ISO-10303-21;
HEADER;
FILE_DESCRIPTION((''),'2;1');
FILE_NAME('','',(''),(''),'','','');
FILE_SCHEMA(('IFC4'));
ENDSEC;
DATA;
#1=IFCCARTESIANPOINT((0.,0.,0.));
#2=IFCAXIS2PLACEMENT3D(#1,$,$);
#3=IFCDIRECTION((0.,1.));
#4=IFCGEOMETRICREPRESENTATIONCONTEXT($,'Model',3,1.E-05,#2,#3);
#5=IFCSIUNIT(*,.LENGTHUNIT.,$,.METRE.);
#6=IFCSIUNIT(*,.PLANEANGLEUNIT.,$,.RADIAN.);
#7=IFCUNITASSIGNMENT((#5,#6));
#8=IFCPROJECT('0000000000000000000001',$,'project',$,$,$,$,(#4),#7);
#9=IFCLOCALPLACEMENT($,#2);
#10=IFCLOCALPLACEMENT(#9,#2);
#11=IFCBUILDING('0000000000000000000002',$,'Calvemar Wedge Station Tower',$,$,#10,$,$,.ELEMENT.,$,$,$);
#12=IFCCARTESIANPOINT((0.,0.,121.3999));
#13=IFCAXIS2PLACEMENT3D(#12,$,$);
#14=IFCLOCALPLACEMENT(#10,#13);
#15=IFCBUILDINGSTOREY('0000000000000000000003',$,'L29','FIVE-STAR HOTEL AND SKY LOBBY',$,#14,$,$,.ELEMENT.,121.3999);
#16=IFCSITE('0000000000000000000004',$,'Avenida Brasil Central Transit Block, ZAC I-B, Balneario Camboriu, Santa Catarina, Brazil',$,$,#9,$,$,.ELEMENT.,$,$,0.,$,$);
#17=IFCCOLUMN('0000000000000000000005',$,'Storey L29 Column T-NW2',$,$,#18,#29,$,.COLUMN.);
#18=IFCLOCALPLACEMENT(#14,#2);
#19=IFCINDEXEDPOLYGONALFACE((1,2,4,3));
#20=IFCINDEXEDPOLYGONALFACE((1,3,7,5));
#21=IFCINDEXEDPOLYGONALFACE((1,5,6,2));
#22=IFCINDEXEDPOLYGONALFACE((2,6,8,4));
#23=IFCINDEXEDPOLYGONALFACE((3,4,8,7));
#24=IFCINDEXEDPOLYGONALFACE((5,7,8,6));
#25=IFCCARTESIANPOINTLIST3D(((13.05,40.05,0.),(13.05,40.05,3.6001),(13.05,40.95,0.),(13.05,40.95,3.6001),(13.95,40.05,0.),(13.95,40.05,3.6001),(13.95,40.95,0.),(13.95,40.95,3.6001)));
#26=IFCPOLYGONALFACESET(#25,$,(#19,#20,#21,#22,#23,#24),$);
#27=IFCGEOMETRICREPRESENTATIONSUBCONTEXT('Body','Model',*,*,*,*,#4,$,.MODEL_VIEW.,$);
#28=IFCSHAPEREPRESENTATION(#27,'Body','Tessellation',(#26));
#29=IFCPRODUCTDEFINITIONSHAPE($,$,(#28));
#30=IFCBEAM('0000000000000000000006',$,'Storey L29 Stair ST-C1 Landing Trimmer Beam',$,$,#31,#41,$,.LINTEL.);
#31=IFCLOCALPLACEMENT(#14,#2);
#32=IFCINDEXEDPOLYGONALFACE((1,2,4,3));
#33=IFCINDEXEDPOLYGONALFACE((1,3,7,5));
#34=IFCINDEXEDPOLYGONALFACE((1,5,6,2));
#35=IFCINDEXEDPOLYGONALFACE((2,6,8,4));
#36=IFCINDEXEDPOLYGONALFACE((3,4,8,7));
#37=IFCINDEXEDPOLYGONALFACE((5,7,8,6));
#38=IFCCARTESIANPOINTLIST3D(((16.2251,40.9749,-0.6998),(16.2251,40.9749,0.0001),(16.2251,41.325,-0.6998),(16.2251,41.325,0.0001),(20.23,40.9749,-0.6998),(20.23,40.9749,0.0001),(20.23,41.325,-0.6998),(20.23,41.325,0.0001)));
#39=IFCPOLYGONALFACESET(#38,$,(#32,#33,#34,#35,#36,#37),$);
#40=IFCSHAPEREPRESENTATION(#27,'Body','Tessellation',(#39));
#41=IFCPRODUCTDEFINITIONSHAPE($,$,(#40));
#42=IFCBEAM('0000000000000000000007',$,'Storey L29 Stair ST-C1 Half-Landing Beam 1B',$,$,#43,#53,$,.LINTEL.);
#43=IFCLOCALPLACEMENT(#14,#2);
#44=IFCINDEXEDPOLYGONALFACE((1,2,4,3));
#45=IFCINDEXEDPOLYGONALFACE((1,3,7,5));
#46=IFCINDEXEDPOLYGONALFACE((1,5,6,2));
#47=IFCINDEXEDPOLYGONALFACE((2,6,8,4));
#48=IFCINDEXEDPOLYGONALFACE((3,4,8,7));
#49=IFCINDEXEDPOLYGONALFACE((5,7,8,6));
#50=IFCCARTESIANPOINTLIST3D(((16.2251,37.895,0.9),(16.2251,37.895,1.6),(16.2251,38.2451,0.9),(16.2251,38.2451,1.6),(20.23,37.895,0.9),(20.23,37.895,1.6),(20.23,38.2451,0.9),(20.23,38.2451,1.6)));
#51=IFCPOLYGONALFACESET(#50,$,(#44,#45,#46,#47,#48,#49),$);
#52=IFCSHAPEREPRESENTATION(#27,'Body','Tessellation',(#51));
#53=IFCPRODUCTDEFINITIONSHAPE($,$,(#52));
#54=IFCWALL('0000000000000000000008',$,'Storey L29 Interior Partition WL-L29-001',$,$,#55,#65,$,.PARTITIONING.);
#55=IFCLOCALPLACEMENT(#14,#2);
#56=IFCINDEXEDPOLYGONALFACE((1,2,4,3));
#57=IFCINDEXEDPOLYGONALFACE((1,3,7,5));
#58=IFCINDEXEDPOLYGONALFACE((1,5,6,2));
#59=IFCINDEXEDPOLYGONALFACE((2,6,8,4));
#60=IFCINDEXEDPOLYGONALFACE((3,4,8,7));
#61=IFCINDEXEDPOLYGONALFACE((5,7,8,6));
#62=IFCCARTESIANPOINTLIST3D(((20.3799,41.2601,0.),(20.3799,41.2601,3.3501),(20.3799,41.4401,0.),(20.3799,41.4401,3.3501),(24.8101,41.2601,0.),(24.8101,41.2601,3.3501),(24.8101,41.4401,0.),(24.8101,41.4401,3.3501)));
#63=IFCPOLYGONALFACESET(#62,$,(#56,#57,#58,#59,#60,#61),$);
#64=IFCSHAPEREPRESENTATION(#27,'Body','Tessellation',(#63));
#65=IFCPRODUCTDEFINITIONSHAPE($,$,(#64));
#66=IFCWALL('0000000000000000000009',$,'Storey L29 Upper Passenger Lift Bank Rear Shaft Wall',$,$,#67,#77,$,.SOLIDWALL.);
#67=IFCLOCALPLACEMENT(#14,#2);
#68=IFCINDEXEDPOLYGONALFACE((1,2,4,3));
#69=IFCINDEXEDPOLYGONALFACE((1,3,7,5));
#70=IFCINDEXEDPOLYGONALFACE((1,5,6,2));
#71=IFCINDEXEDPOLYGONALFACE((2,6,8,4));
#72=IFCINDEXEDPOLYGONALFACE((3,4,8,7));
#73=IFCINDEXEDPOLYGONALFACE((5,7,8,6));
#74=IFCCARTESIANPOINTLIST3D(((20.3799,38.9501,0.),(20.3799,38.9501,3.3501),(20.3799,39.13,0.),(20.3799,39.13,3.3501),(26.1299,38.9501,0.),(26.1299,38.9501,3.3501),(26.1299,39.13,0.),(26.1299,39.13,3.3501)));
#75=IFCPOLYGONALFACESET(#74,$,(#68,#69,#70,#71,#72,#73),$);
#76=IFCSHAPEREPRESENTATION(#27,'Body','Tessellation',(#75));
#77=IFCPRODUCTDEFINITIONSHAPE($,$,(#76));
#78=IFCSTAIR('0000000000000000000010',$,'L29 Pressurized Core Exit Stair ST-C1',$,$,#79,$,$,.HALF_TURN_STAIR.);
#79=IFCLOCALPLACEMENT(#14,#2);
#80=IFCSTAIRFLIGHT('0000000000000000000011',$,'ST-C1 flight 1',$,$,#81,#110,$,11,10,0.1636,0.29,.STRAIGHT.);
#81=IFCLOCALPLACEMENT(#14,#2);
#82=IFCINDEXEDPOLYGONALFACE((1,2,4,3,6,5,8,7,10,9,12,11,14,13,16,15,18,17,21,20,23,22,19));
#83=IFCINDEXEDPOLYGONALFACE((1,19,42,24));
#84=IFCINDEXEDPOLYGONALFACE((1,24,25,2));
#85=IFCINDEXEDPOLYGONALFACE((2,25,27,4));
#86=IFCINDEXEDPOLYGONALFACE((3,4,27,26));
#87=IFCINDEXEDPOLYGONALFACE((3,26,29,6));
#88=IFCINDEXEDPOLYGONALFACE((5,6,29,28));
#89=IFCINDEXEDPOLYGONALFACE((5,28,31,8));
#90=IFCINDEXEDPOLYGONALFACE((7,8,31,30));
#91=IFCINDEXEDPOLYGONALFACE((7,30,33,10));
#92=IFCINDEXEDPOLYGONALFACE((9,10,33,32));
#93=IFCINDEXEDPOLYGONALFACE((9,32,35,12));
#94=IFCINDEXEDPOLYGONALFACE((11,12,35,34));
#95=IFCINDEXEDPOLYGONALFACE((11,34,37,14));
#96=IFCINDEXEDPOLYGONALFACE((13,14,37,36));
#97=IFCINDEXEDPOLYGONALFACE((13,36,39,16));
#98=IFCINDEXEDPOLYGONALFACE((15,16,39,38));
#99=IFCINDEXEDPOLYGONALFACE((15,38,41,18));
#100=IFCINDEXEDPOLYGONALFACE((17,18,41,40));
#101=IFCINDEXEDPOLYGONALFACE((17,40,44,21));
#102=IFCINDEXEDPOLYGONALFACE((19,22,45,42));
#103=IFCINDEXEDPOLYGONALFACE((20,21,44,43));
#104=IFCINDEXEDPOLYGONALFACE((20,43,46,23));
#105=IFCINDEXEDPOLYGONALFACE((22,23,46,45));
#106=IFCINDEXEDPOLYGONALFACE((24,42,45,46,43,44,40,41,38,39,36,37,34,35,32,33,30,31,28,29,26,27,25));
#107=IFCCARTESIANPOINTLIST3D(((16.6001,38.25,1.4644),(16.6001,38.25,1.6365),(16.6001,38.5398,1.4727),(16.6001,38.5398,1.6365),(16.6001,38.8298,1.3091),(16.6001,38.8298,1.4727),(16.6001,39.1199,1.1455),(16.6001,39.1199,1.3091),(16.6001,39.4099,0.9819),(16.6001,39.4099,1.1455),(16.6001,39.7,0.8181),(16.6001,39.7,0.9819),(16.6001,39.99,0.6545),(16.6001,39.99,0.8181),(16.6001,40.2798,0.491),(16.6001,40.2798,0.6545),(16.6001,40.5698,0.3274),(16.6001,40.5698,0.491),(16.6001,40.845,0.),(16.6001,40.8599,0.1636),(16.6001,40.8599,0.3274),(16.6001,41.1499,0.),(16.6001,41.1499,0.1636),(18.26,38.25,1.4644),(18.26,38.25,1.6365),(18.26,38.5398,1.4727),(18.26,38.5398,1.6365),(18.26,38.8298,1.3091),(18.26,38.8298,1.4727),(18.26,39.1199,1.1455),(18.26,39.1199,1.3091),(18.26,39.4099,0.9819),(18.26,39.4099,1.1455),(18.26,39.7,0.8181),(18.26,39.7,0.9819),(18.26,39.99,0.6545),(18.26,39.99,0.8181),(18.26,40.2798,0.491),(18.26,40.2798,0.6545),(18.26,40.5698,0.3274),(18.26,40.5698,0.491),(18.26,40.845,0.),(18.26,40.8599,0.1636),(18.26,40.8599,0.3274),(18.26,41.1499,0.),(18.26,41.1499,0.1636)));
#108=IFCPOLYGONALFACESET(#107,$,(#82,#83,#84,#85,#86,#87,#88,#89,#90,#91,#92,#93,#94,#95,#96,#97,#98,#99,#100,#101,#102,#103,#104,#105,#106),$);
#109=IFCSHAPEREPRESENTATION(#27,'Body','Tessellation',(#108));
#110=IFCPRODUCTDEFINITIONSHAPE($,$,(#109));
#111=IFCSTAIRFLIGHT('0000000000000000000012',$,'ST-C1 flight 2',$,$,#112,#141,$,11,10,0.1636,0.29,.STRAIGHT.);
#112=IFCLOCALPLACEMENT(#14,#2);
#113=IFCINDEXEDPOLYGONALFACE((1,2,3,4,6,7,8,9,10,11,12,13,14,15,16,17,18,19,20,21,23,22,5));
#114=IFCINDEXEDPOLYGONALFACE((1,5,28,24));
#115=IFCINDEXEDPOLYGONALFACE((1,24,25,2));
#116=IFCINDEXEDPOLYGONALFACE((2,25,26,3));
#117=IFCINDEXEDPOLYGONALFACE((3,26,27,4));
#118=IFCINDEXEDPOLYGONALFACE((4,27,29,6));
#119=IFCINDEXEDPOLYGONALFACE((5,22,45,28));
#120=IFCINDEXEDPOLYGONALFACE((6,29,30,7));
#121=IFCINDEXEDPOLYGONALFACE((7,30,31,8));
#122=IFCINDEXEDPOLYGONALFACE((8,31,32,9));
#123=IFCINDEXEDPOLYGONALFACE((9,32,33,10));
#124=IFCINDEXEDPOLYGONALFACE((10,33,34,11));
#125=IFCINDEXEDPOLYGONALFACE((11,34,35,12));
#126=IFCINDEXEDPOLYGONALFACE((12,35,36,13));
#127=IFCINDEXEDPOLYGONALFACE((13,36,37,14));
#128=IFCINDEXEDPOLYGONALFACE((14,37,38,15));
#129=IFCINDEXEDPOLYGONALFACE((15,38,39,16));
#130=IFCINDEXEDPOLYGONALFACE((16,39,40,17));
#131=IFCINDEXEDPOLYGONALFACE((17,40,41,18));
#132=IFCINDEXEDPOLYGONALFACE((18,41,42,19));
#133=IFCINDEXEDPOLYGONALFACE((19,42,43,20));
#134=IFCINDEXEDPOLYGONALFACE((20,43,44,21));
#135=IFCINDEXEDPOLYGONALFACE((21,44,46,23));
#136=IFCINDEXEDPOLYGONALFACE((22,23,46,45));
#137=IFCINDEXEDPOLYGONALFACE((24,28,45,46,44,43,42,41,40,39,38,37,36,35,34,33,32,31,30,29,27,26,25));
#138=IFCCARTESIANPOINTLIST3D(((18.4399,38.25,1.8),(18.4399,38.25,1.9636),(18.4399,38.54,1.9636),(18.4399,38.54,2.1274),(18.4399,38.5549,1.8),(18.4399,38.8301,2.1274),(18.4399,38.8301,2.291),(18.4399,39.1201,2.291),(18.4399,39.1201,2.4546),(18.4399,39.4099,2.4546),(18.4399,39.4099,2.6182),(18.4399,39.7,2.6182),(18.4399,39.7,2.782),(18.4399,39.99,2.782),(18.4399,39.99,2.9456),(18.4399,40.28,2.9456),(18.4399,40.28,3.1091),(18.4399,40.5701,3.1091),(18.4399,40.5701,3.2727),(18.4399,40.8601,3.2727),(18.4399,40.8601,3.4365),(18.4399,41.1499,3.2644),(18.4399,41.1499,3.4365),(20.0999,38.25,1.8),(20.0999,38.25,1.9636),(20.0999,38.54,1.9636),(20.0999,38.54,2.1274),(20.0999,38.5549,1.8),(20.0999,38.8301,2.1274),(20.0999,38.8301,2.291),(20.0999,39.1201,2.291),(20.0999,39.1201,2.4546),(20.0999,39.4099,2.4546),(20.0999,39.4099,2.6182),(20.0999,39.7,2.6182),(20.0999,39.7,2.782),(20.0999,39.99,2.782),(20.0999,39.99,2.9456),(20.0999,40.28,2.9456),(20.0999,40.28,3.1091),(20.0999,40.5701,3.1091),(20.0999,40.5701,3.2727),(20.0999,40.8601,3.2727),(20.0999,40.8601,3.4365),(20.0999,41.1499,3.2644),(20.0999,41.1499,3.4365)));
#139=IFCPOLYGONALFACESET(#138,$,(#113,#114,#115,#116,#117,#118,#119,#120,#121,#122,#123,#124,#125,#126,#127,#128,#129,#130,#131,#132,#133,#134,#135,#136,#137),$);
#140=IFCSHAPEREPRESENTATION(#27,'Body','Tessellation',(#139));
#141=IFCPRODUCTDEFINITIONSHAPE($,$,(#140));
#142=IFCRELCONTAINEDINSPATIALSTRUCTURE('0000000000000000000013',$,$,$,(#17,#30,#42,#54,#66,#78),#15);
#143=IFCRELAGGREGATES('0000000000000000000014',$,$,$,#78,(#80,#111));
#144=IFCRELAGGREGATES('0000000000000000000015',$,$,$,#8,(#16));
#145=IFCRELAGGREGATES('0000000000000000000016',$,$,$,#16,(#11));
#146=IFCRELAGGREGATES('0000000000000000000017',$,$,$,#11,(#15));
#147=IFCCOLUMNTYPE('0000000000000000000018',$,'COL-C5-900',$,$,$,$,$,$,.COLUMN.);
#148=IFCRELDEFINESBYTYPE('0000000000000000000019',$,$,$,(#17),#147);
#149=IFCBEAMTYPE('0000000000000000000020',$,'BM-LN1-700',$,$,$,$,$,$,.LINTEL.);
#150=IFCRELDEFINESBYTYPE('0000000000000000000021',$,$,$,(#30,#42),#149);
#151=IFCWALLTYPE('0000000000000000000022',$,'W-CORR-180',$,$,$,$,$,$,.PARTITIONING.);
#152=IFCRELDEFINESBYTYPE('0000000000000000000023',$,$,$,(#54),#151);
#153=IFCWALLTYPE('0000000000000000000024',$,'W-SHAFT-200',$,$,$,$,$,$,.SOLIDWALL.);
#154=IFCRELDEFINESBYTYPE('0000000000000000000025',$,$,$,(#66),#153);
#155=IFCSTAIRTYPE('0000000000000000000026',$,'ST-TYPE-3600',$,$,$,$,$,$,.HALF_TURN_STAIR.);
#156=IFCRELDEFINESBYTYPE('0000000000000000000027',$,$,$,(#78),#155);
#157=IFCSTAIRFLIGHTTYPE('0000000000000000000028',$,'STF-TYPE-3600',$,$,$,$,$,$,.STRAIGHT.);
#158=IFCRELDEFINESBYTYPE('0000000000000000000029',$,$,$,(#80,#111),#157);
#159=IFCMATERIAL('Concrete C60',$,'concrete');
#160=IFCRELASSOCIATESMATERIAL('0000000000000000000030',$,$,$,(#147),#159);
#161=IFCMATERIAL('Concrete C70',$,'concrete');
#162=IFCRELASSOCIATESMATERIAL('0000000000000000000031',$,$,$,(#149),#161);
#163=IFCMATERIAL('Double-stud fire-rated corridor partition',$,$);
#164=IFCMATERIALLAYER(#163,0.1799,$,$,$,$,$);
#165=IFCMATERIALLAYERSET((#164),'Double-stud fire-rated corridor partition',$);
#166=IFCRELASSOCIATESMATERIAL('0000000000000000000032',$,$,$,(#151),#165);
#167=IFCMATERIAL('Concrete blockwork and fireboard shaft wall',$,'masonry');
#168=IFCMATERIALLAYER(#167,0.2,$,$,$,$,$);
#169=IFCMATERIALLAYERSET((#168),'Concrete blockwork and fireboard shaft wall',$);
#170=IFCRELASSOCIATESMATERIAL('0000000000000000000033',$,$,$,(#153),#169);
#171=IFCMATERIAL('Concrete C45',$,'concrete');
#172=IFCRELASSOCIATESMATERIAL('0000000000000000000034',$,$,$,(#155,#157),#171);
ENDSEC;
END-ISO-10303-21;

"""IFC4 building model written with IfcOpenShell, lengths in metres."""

from ifc_helpers import new_model, si_unit, direction, frame, frame_2d, origin, origin_2d, place, context, subcontext, project, spatial, polyline, rectangle, outline, extrude, source, transform, mapped, material, layer, layer_set, material_profile, profile_set, type_object, element, aggregate, save


model = new_model("IFC4")

# Units and contexts
model_context = context("Model", 3, precision=1e-05, world=origin(), true_north=direction((0.0, 1.0)))
body_context = subcontext(model_context, "Body", "Model", "MODEL_VIEW")
ifc_project = project(units=[si_unit("LENGTHUNIT", "METRE"), si_unit("PLANEANGLEUNIT", "RADIAN")], contexts=[model_context])

# Site, building, storey
site_placement = place(None, origin())
site = spatial("IfcSite", under=ifc_project, at=site_placement, Name="Avenida Brasil Central Transit Block, ZAC I-B, Balneario Camboriu, Santa Catarina, Brazil", CompositionType="ELEMENT", RefElevation=0.0)
building_placement = place(site_placement, origin())
building = spatial("IfcBuilding", under=site, at=building_placement, Name="Calvemar Wedge Station Tower", CompositionType="ELEMENT")
storey_placement = place(building_placement, frame((0.0, 0.0, 121.3999)))
storey = spatial("IfcBuildingStorey", under=building, at=storey_placement, Name="L29", Description="FIVE-STAR HOTEL AND SKY LOBBY", CompositionType="ELEMENT", Elevation=121.3999)

# Column
ifc_material_1 = material(Name="Concrete C60", Category="concrete")
ifc_material_profile_1 = material_profile(ifc_material_1, rectangle(XDim=0.8999, YDim=0.8999, at=origin_2d()), Name="RC900x900")
ifc_profile_set_1 = profile_set([ifc_material_profile_1], Name="Concrete C60")
column_type = type_object("IfcColumnType", Name="COL-C5-900", PredefinedType="COLUMN", material=ifc_profile_set_1)
shared_shape_1 = source(origin(), body_context, "Body", "SweptSolid", [
    extrude(rectangle(XDim=0.8999, YDim=0.8999, at=origin_2d()), origin(), (0.0, 0.0, 1.0), 3.6001),
])
column_placement = place(storey_placement, frame((13.5, 40.5, 0.0), z_axis=(0.0, 0.0, 1.0), x_axis=(1.0, 0.0, 0.0)))
element("IfcColumn", 1, at=column_placement, inside=storey, type_object=column_type, Name="Storey L29 Column T-NW2", PredefinedType="COLUMN", context=body_context, shape_type="MappedRepresentation", body=[
    mapped(shared_shape_1, transform((0.0, 0.0, 0.0), scale=1.0)),
])

# Beams
ifc_material_2 = material(Name="Concrete C70", Category="concrete")
ifc_material_profile_2 = material_profile(ifc_material_2, rectangle(XDim=0.3501, YDim=0.7, at=origin_2d()), Name="RC350x700")
ifc_profile_set_2 = profile_set([ifc_material_profile_2], Name="Concrete C70")
beam_type = type_object("IfcBeamType", Name="BM-LN1-700", PredefinedType="LINTEL", material=ifc_profile_set_2)
shared_shape_2 = source(origin(), body_context, "Body", "SweptSolid", [
    extrude(rectangle(XDim=0.3501, YDim=0.7, at=origin_2d()), origin(), (0.0, 0.0, 1.0), 4.0049),
])
for number, where, z_axis, x_axis, name in (
    (2, (16.2251, 41.1499, -0.3499), (1.0, 0.0, 0.0), (0.0, 1.0, 0.0), "Storey L29 Stair ST-C1 Landing Trimmer Beam"),
    (3, (16.2251, 38.0701, 1.25), (1.0, 0.0, 0.0), (0.0, 1.0, 0.0), "Storey L29 Stair ST-C1 Half-Landing Beam 1B"),
):
    element("IfcBeam", number, at=place(storey_placement, frame(where, z_axis=z_axis, x_axis=x_axis)), inside=storey, type_object=beam_type, Name=name, PredefinedType="LINTEL", context=body_context, shape_type="MappedRepresentation", body=[
        mapped(shared_shape_2, transform((0.0, 0.0, 0.0), scale=1.0)),
    ])

# Wall
ifc_material_3 = material(Name="Double-stud fire-rated corridor partition")
ifc_layer_1 = layer(ifc_material_3, 0.1799)
ifc_layer_set_1 = layer_set([ifc_layer_1], Name="Double-stud fire-rated corridor partition")
wall_type_1 = type_object("IfcWallType", Name="W-CORR-180", PredefinedType="PARTITIONING", material=ifc_layer_set_1)
wall_1_placement = place(storey_placement, frame((24.8101, 41.3501, 0.0), z_axis=(0.0, 0.0, 1.0), x_axis=(-1.0, 0.0, 0.0)))
element("IfcWall", 4, at=wall_1_placement, inside=storey, type_object=wall_type_1, Name="Storey L29 Interior Partition WL-L29-001", PredefinedType="PARTITIONING", context=body_context, shape_type="SweptSolid", body=[
    extrude(rectangle(XDim=4.4302, YDim=0.1799, at=frame_2d((2.2151, 0.0))), origin(), (0.0, 0.0, 1.0), 3.3501),
])

# Wall
ifc_material_4 = material(Name="Concrete blockwork and fireboard shaft wall", Category="masonry")
ifc_layer_2 = layer(ifc_material_4, 0.2)
ifc_layer_set_2 = layer_set([ifc_layer_2], Name="Concrete blockwork and fireboard shaft wall")
wall_type_2 = type_object("IfcWallType", Name="W-SHAFT-200", PredefinedType="SOLIDWALL", material=ifc_layer_set_2)
wall_2_placement = place(storey_placement, frame((20.3799, 39.04, 0.0), z_axis=(0.0, 0.0, 1.0), x_axis=(1.0, 0.0, 0.0)))
element("IfcWall", 5, at=wall_2_placement, inside=storey, type_object=wall_type_2, Name="Storey L29 Upper Passenger Lift Bank Rear Shaft Wall", PredefinedType="SOLIDWALL", context=body_context, shape_type="SweptSolid", body=[
    extrude(rectangle(XDim=5.75, YDim=0.1799, at=frame_2d((2.875, 0.0))), origin(), (0.0, 0.0, 1.0), 3.3501),
])

# Stair, stair flights
ifc_material_5 = material(Name="Concrete C45", Category="concrete")
stair_type = type_object("IfcStairType", Name="ST-TYPE-3600", PredefinedType="HALF_TURN_STAIR", material=ifc_material_5)
stair_placement = place(storey_placement, origin())
stair = element("IfcStair", 6, at=stair_placement, inside=storey, type_object=stair_type, Name="L29 Pressurized Core Exit Stair ST-C1", PredefinedType="HALF_TURN_STAIR")
stair_flight_type = type_object("IfcStairFlightType", Name="STF-TYPE-3600", PredefinedType="STRAIGHT", material=ifc_material_5)
stair_flight_1_placement = place(storey_placement, frame((17.4299, 41.1499, 0.0), z_axis=(0.0, 0.0, 1.0), x_axis=(0.0, -1.0, 0.0)))
stair_flight_1 = element("IfcStairFlight", 7, at=stair_flight_1_placement, type_object=stair_flight_type, Name="ST-C1 flight 1", NumberOfRisers=11, NumberOfTreads=10, PredefinedType="STRAIGHT", RiserHeight=0.1636, TreadLength=0.29, context=body_context, shape_type="SweptSolid", body=[
    extrude(outline(polyline([(0.0, 0.0), (0.0, 0.1636), (0.29, 0.1636), (0.29, 0.3274), (0.5801, 0.3274), (0.5801, 0.491), (0.8701, 0.491), (0.8701, 0.6545), (1.1599, 0.6545), (1.1599, 0.8181), (1.45, 0.8181), (1.45, 0.9819), (1.74, 0.9819), (1.74, 1.1455), (2.03, 1.1455), (2.03, 1.3091), (2.3201, 1.3091), (2.3201, 1.4727), (2.6101, 1.4727), (2.6101, 1.6365), (2.8999, 1.6365), (2.8999, 1.8), (2.8999, 1.4644), (0.3049, 0.0), (0.0, 0.0)])), frame((0.0, 0.8301, 0.0), z_axis=(0.0, -1.0, 0.0), x_axis=(1.0, 0.0, 0.0)), (0.0, 0.0, 1.0), 1.6599),
])
stair_flight_2_placement = place(storey_placement, frame((19.27, 38.25, 1.8), z_axis=(0.0, 0.0, 1.0), x_axis=(0.0, 1.0, 0.0)))
stair_flight_2 = element("IfcStairFlight", 8, at=stair_flight_2_placement, type_object=stair_flight_type, Name="ST-C1 flight 2", NumberOfRisers=11, NumberOfTreads=10, PredefinedType="STRAIGHT", RiserHeight=0.1636, TreadLength=0.29, context=body_context, shape_type="SweptSolid", body=[
    extrude(outline(polyline([(0.0, 0.0), (0.0, 0.1636), (0.29, 0.1636), (0.29, 0.3274), (0.5801, 0.3274), (0.5801, 0.491), (0.8701, 0.491), (0.8701, 0.6545), (1.1599, 0.6545), (1.1599, 0.8181), (1.45, 0.8181), (1.45, 0.9819), (1.74, 0.9819), (1.74, 1.1455), (2.03, 1.1455), (2.03, 1.3091), (2.3201, 1.3091), (2.3201, 1.4727), (2.6101, 1.4727), (2.6101, 1.6365), (2.8999, 1.6365), (2.8999, 1.8), (2.8999, 1.4644), (0.3049, 0.0), (0.0, 0.0)])), frame((0.0, 0.8301, 0.0), z_axis=(0.0, -1.0, 0.0), x_axis=(1.0, 0.0, 0.0)), (0.0, 0.0, 1.0), 1.6599),
])
aggregate(stair, [stair_flight_1, stair_flight_2])

save(model, "model.ifc")
